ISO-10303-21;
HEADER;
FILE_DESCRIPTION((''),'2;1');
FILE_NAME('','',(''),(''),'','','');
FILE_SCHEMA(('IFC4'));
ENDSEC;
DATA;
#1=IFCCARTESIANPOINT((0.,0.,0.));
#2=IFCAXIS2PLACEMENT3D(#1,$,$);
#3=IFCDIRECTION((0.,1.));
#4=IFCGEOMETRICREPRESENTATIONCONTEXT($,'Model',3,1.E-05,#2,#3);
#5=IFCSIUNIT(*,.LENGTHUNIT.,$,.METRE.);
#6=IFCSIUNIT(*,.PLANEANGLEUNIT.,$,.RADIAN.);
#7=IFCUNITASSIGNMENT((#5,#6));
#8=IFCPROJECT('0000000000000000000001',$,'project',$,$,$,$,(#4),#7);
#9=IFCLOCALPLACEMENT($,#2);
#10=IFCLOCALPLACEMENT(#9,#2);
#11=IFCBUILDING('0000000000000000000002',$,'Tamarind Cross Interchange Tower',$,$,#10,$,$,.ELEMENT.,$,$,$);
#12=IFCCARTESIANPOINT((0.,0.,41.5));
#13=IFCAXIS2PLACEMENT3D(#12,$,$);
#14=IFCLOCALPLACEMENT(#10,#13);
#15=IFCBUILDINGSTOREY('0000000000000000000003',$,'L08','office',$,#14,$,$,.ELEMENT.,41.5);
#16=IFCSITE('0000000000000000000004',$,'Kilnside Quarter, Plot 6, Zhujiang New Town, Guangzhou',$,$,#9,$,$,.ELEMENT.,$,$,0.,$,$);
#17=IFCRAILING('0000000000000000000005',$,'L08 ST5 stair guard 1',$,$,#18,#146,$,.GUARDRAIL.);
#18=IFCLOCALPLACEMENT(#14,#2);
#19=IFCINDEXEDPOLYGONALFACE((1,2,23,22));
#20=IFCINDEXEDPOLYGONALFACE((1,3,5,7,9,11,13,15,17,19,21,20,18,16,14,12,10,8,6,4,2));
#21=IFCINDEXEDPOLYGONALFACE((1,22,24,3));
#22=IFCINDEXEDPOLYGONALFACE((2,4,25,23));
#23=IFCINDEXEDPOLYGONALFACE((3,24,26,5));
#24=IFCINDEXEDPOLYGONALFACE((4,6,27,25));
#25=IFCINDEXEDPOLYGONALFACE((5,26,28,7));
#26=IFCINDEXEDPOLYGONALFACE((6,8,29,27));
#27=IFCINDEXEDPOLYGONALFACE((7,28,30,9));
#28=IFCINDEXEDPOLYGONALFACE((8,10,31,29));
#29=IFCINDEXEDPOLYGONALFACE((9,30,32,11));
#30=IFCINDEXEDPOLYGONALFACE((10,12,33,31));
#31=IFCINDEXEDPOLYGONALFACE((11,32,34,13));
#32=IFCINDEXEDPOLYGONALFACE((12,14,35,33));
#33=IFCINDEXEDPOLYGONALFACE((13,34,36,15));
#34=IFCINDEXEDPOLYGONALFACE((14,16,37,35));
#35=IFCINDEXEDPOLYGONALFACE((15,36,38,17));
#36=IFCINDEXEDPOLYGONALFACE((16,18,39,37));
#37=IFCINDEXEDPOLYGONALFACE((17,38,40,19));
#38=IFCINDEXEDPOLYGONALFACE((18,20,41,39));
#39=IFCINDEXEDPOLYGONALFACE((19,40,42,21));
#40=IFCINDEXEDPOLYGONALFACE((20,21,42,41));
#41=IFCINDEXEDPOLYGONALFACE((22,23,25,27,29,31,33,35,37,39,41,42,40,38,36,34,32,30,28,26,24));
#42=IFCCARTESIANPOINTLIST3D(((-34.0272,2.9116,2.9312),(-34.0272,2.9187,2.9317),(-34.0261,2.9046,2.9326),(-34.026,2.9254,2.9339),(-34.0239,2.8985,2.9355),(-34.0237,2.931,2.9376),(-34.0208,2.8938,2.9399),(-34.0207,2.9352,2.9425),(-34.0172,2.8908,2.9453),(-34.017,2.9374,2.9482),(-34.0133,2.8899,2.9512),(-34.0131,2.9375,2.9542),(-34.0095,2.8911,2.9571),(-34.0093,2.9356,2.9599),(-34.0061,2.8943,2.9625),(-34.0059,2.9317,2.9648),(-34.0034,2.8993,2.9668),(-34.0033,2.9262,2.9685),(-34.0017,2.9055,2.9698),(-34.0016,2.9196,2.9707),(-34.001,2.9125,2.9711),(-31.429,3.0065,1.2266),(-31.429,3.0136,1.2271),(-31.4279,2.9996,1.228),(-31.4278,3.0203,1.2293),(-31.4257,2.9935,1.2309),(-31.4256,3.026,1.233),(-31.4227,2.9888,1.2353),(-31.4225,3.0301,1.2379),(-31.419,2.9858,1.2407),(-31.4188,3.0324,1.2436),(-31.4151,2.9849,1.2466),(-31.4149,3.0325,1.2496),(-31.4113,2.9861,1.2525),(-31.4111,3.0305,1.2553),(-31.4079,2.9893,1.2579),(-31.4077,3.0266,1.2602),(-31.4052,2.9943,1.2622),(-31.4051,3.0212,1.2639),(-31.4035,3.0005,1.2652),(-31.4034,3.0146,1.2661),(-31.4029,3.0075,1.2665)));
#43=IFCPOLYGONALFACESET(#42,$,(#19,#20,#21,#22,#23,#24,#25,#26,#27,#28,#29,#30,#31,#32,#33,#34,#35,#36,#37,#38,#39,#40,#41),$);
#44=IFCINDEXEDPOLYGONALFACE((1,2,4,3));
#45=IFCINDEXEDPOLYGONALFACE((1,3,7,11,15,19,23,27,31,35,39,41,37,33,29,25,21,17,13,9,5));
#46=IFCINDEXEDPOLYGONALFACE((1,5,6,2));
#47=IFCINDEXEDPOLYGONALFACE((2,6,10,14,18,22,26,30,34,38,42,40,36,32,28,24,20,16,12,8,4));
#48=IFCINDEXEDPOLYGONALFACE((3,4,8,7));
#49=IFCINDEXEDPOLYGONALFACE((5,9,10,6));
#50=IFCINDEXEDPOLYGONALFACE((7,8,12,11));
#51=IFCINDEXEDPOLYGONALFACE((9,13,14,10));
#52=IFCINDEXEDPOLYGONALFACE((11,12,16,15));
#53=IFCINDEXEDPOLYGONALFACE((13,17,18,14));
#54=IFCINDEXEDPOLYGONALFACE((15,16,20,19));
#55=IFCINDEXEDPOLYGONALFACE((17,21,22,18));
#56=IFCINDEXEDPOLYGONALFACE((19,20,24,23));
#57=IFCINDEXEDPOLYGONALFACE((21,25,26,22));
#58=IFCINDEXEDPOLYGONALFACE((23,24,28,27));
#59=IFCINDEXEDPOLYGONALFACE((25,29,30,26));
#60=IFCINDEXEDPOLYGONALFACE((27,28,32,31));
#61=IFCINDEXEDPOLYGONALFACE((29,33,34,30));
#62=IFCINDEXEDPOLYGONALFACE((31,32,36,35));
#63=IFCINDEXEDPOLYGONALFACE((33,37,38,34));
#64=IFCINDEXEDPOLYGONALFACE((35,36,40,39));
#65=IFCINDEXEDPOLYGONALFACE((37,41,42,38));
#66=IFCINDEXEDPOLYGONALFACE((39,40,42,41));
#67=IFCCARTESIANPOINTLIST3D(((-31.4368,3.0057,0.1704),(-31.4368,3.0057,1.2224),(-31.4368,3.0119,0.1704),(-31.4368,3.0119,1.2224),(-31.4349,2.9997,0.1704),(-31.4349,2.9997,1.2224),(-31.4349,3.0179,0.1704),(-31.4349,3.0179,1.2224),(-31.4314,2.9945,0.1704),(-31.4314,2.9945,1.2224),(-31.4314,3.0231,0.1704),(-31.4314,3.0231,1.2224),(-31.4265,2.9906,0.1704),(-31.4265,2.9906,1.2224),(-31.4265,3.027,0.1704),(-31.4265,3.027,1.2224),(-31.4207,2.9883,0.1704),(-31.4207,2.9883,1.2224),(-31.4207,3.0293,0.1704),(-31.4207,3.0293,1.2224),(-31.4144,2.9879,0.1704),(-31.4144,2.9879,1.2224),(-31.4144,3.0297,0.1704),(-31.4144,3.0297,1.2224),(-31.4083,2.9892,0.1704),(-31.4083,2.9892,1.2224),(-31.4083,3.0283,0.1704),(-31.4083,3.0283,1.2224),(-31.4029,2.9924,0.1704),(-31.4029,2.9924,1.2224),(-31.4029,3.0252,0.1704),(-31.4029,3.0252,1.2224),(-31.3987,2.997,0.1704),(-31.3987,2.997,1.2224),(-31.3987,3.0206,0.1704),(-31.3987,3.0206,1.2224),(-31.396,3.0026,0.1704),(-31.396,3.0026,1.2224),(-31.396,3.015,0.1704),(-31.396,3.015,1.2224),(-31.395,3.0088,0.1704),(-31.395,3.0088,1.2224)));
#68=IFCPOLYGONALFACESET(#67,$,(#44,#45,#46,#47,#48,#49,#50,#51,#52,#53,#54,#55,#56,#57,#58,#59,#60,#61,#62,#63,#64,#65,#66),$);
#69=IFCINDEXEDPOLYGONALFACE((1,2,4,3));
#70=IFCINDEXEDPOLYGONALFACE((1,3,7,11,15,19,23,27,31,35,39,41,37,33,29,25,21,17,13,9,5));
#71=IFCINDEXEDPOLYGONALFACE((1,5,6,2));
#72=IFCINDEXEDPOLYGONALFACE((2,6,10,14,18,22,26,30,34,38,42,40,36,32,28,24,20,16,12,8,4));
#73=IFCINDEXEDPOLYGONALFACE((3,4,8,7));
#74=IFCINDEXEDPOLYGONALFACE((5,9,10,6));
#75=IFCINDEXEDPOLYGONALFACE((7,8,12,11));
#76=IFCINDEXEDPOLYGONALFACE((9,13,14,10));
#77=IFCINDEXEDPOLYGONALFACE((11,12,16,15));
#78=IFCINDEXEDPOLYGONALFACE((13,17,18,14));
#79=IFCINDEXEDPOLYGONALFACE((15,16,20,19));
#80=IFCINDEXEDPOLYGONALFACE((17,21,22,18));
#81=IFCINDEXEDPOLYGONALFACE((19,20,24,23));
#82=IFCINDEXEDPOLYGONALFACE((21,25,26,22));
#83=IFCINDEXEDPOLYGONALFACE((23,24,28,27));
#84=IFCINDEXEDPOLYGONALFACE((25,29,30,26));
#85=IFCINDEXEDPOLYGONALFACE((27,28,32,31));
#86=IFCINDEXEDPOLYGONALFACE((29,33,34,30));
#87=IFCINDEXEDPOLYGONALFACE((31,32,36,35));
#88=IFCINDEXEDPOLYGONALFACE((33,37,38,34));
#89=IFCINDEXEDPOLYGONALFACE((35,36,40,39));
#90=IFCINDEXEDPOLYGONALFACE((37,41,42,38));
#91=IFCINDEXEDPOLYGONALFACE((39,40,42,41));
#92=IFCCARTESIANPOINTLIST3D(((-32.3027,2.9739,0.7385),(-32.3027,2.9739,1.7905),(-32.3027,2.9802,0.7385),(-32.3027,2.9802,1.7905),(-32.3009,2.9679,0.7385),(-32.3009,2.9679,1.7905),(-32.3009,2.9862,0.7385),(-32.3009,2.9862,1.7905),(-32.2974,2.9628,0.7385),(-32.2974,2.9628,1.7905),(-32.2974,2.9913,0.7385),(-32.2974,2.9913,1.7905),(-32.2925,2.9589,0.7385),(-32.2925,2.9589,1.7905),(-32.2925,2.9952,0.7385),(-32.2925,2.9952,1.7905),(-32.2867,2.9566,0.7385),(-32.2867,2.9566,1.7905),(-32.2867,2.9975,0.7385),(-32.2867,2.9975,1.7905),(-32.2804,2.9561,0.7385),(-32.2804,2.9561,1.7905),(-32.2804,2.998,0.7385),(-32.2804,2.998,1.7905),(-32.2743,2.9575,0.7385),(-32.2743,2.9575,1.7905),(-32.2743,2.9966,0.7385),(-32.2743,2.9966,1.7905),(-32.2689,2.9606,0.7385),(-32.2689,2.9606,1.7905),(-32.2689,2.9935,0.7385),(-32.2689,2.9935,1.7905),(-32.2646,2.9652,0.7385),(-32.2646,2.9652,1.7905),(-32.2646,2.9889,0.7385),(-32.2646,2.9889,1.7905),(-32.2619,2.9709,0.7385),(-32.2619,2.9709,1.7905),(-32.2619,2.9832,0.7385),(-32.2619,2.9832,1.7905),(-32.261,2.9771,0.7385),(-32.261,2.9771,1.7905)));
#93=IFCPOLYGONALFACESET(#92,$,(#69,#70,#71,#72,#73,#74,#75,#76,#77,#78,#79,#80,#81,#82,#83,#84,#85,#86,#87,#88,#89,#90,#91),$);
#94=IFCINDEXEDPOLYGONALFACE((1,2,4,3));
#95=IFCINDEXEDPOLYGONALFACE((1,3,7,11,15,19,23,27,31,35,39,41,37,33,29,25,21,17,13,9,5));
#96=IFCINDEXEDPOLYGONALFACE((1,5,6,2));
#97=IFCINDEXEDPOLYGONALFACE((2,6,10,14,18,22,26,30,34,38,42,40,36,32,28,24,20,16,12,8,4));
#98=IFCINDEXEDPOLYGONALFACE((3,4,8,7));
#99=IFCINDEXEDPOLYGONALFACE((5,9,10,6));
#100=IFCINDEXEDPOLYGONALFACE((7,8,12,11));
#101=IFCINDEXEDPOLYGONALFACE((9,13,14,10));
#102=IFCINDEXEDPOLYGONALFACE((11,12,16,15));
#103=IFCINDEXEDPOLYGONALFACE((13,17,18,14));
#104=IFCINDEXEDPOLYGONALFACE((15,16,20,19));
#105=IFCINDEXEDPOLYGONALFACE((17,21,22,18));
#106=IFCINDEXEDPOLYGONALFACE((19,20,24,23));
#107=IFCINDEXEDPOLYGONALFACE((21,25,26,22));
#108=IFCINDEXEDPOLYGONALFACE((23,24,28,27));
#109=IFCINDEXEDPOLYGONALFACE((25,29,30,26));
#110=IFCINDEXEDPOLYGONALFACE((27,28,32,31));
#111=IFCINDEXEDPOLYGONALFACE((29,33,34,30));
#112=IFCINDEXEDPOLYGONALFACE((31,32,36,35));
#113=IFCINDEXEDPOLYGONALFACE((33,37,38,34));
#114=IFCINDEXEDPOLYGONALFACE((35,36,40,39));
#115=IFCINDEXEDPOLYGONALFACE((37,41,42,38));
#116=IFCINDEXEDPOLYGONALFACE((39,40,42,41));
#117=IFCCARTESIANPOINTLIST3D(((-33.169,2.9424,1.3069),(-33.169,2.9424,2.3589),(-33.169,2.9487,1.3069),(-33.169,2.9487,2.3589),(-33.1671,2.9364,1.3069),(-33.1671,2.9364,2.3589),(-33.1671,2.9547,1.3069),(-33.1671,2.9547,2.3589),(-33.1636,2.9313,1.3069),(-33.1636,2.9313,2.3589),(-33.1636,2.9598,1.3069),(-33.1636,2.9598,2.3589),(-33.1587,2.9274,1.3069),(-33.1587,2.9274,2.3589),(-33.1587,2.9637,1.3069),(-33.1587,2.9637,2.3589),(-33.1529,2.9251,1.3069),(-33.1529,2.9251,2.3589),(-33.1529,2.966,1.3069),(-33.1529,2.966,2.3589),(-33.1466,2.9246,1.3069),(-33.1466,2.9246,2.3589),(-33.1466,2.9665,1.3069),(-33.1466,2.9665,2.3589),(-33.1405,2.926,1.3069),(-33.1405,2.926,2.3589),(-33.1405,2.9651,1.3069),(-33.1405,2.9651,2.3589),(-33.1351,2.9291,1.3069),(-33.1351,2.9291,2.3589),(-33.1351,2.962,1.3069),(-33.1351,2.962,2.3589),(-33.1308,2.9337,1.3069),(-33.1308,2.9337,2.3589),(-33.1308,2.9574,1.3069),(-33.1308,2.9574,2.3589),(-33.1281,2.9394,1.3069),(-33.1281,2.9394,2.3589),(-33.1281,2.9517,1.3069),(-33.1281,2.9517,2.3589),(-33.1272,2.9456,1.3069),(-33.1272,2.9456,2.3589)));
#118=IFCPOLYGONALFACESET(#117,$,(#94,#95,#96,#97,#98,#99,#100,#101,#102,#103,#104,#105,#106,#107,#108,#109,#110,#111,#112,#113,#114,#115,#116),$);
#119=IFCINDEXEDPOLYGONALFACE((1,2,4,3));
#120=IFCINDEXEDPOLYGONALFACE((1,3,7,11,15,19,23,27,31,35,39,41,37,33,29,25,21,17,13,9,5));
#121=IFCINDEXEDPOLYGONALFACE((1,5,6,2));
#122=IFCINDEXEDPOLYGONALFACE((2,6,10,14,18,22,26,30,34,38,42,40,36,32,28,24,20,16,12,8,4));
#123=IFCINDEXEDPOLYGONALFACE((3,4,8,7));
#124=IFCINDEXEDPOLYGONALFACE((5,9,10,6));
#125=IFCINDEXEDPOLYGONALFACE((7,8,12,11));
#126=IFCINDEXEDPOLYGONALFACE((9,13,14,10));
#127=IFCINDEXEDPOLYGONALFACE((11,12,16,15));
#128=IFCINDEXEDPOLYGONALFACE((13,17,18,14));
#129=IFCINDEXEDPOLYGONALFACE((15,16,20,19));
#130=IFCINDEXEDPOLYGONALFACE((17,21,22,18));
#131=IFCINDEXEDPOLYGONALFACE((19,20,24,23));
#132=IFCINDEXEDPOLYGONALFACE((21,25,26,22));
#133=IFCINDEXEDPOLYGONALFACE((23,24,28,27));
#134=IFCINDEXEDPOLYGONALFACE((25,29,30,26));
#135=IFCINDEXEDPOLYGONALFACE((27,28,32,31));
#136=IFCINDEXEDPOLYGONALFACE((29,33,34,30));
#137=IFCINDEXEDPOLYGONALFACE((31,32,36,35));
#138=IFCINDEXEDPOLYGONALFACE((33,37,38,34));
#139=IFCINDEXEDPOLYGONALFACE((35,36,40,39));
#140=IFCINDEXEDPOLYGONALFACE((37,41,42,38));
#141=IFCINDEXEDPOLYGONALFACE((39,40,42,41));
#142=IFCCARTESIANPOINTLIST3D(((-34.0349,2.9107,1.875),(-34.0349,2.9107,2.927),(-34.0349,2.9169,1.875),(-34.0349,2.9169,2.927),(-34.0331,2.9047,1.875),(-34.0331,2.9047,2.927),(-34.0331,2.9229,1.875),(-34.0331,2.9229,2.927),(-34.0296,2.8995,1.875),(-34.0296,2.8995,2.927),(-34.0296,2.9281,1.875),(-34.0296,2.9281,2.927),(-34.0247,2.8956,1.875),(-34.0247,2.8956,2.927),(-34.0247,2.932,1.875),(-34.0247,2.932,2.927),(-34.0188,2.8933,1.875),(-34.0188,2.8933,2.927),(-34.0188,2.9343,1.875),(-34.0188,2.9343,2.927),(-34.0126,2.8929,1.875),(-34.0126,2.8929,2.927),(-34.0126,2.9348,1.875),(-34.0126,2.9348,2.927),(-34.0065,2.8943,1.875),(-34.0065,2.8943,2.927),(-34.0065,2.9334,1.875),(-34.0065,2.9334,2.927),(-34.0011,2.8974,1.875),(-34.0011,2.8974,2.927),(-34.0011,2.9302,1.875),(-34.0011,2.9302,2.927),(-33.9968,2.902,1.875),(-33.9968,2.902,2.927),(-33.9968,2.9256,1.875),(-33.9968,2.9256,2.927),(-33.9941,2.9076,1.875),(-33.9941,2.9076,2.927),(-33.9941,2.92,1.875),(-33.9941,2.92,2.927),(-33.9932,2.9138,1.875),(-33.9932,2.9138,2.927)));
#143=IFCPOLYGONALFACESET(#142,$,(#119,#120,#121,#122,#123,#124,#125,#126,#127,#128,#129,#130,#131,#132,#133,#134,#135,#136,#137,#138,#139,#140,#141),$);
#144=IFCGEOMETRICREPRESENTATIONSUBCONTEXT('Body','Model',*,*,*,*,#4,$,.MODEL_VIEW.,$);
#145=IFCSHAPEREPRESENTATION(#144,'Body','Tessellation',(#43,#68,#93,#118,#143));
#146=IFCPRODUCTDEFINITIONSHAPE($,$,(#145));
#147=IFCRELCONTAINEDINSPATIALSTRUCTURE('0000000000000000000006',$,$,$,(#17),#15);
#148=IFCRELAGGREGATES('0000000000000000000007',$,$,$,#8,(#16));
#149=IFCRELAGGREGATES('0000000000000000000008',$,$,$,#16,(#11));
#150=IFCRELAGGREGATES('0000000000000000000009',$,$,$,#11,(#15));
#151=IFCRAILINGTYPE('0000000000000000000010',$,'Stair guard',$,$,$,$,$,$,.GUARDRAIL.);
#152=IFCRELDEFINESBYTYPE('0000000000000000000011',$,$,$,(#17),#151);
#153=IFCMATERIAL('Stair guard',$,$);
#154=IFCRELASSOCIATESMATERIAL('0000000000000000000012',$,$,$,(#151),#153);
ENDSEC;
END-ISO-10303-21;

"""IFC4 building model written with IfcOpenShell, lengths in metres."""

from ifc_helpers import new_model, si_unit, direction, frame, origin, origin_2d, place, context, subcontext, project, spatial, circle, extrude, material, type_object, element, save


model = new_model("IFC4")

# Units and contexts
model_context = context("Model", 3, precision=1e-05, world=origin(), true_north=direction((0.0, 1.0)))
body_context = subcontext(model_context, "Body", "Model", "MODEL_VIEW")
ifc_project = project(units=[si_unit("LENGTHUNIT", "METRE"), si_unit("PLANEANGLEUNIT", "RADIAN")], contexts=[model_context])

# Site, building, storey
site_placement = place(None, origin())
site = spatial("IfcSite", under=ifc_project, at=site_placement, Name="Kilnside Quarter, Plot 6, Zhujiang New Town, Guangzhou", CompositionType="ELEMENT", RefElevation=0.0)
building_placement = place(site_placement, origin())
building = spatial("IfcBuilding", under=site, at=building_placement, Name="Tamarind Cross Interchange Tower", CompositionType="ELEMENT")
storey_placement = place(building_placement, frame((0.0, 0.0, 41.5)))
storey = spatial("IfcBuildingStorey", under=building, at=storey_placement, Name="L08", Description="office", CompositionType="ELEMENT", Elevation=41.5)

# Railing
ifc_material_1 = material(Name="Stair guard")
railing_type_1 = type_object("IfcRailingType", Name="Stair guard", PredefinedType="GUARDRAIL", material=ifc_material_1)
railing_1_placement = place(storey_placement, frame((-31.416, 3.0088, 0.1704)))
element("IfcRailing", 1, at=railing_1_placement, inside=storey, type_object=railing_type_1, Name="L08 ST5 stair guard 1", PredefinedType="GUARDRAIL", context=body_context, shape_type="SweptSolid", body=[
    extrude(circle(Radius=0.0239, at=origin_2d()), frame((0.0, 0.0, 1.0762), z_axis=(-0.835723, -0.030548, 0.548301), x_axis=(0.036529, -0.999333, 0.0)), (0.0, 0.0, 1.0), 3.1089),
    extrude(circle(Radius=0.021, at=origin_2d()), origin(), (0.0, 0.0, 1.0), 1.052),
    extrude(circle(Radius=0.021, at=origin_2d()), frame((-0.866, -0.0317, 0.5681)), (0.0, 0.0, 1.0), 1.052),
    extrude(circle(Radius=0.021, at=origin_2d()), frame((-1.7322, -0.0632, 1.1365)), (0.0, 0.0, 1.0), 1.052),
    extrude(circle(Radius=0.021, at=origin_2d()), frame((-2.5981, -0.095, 1.7046)), (0.0, 0.0, 1.0), 1.052),
])

save(model, "model.ifc")
